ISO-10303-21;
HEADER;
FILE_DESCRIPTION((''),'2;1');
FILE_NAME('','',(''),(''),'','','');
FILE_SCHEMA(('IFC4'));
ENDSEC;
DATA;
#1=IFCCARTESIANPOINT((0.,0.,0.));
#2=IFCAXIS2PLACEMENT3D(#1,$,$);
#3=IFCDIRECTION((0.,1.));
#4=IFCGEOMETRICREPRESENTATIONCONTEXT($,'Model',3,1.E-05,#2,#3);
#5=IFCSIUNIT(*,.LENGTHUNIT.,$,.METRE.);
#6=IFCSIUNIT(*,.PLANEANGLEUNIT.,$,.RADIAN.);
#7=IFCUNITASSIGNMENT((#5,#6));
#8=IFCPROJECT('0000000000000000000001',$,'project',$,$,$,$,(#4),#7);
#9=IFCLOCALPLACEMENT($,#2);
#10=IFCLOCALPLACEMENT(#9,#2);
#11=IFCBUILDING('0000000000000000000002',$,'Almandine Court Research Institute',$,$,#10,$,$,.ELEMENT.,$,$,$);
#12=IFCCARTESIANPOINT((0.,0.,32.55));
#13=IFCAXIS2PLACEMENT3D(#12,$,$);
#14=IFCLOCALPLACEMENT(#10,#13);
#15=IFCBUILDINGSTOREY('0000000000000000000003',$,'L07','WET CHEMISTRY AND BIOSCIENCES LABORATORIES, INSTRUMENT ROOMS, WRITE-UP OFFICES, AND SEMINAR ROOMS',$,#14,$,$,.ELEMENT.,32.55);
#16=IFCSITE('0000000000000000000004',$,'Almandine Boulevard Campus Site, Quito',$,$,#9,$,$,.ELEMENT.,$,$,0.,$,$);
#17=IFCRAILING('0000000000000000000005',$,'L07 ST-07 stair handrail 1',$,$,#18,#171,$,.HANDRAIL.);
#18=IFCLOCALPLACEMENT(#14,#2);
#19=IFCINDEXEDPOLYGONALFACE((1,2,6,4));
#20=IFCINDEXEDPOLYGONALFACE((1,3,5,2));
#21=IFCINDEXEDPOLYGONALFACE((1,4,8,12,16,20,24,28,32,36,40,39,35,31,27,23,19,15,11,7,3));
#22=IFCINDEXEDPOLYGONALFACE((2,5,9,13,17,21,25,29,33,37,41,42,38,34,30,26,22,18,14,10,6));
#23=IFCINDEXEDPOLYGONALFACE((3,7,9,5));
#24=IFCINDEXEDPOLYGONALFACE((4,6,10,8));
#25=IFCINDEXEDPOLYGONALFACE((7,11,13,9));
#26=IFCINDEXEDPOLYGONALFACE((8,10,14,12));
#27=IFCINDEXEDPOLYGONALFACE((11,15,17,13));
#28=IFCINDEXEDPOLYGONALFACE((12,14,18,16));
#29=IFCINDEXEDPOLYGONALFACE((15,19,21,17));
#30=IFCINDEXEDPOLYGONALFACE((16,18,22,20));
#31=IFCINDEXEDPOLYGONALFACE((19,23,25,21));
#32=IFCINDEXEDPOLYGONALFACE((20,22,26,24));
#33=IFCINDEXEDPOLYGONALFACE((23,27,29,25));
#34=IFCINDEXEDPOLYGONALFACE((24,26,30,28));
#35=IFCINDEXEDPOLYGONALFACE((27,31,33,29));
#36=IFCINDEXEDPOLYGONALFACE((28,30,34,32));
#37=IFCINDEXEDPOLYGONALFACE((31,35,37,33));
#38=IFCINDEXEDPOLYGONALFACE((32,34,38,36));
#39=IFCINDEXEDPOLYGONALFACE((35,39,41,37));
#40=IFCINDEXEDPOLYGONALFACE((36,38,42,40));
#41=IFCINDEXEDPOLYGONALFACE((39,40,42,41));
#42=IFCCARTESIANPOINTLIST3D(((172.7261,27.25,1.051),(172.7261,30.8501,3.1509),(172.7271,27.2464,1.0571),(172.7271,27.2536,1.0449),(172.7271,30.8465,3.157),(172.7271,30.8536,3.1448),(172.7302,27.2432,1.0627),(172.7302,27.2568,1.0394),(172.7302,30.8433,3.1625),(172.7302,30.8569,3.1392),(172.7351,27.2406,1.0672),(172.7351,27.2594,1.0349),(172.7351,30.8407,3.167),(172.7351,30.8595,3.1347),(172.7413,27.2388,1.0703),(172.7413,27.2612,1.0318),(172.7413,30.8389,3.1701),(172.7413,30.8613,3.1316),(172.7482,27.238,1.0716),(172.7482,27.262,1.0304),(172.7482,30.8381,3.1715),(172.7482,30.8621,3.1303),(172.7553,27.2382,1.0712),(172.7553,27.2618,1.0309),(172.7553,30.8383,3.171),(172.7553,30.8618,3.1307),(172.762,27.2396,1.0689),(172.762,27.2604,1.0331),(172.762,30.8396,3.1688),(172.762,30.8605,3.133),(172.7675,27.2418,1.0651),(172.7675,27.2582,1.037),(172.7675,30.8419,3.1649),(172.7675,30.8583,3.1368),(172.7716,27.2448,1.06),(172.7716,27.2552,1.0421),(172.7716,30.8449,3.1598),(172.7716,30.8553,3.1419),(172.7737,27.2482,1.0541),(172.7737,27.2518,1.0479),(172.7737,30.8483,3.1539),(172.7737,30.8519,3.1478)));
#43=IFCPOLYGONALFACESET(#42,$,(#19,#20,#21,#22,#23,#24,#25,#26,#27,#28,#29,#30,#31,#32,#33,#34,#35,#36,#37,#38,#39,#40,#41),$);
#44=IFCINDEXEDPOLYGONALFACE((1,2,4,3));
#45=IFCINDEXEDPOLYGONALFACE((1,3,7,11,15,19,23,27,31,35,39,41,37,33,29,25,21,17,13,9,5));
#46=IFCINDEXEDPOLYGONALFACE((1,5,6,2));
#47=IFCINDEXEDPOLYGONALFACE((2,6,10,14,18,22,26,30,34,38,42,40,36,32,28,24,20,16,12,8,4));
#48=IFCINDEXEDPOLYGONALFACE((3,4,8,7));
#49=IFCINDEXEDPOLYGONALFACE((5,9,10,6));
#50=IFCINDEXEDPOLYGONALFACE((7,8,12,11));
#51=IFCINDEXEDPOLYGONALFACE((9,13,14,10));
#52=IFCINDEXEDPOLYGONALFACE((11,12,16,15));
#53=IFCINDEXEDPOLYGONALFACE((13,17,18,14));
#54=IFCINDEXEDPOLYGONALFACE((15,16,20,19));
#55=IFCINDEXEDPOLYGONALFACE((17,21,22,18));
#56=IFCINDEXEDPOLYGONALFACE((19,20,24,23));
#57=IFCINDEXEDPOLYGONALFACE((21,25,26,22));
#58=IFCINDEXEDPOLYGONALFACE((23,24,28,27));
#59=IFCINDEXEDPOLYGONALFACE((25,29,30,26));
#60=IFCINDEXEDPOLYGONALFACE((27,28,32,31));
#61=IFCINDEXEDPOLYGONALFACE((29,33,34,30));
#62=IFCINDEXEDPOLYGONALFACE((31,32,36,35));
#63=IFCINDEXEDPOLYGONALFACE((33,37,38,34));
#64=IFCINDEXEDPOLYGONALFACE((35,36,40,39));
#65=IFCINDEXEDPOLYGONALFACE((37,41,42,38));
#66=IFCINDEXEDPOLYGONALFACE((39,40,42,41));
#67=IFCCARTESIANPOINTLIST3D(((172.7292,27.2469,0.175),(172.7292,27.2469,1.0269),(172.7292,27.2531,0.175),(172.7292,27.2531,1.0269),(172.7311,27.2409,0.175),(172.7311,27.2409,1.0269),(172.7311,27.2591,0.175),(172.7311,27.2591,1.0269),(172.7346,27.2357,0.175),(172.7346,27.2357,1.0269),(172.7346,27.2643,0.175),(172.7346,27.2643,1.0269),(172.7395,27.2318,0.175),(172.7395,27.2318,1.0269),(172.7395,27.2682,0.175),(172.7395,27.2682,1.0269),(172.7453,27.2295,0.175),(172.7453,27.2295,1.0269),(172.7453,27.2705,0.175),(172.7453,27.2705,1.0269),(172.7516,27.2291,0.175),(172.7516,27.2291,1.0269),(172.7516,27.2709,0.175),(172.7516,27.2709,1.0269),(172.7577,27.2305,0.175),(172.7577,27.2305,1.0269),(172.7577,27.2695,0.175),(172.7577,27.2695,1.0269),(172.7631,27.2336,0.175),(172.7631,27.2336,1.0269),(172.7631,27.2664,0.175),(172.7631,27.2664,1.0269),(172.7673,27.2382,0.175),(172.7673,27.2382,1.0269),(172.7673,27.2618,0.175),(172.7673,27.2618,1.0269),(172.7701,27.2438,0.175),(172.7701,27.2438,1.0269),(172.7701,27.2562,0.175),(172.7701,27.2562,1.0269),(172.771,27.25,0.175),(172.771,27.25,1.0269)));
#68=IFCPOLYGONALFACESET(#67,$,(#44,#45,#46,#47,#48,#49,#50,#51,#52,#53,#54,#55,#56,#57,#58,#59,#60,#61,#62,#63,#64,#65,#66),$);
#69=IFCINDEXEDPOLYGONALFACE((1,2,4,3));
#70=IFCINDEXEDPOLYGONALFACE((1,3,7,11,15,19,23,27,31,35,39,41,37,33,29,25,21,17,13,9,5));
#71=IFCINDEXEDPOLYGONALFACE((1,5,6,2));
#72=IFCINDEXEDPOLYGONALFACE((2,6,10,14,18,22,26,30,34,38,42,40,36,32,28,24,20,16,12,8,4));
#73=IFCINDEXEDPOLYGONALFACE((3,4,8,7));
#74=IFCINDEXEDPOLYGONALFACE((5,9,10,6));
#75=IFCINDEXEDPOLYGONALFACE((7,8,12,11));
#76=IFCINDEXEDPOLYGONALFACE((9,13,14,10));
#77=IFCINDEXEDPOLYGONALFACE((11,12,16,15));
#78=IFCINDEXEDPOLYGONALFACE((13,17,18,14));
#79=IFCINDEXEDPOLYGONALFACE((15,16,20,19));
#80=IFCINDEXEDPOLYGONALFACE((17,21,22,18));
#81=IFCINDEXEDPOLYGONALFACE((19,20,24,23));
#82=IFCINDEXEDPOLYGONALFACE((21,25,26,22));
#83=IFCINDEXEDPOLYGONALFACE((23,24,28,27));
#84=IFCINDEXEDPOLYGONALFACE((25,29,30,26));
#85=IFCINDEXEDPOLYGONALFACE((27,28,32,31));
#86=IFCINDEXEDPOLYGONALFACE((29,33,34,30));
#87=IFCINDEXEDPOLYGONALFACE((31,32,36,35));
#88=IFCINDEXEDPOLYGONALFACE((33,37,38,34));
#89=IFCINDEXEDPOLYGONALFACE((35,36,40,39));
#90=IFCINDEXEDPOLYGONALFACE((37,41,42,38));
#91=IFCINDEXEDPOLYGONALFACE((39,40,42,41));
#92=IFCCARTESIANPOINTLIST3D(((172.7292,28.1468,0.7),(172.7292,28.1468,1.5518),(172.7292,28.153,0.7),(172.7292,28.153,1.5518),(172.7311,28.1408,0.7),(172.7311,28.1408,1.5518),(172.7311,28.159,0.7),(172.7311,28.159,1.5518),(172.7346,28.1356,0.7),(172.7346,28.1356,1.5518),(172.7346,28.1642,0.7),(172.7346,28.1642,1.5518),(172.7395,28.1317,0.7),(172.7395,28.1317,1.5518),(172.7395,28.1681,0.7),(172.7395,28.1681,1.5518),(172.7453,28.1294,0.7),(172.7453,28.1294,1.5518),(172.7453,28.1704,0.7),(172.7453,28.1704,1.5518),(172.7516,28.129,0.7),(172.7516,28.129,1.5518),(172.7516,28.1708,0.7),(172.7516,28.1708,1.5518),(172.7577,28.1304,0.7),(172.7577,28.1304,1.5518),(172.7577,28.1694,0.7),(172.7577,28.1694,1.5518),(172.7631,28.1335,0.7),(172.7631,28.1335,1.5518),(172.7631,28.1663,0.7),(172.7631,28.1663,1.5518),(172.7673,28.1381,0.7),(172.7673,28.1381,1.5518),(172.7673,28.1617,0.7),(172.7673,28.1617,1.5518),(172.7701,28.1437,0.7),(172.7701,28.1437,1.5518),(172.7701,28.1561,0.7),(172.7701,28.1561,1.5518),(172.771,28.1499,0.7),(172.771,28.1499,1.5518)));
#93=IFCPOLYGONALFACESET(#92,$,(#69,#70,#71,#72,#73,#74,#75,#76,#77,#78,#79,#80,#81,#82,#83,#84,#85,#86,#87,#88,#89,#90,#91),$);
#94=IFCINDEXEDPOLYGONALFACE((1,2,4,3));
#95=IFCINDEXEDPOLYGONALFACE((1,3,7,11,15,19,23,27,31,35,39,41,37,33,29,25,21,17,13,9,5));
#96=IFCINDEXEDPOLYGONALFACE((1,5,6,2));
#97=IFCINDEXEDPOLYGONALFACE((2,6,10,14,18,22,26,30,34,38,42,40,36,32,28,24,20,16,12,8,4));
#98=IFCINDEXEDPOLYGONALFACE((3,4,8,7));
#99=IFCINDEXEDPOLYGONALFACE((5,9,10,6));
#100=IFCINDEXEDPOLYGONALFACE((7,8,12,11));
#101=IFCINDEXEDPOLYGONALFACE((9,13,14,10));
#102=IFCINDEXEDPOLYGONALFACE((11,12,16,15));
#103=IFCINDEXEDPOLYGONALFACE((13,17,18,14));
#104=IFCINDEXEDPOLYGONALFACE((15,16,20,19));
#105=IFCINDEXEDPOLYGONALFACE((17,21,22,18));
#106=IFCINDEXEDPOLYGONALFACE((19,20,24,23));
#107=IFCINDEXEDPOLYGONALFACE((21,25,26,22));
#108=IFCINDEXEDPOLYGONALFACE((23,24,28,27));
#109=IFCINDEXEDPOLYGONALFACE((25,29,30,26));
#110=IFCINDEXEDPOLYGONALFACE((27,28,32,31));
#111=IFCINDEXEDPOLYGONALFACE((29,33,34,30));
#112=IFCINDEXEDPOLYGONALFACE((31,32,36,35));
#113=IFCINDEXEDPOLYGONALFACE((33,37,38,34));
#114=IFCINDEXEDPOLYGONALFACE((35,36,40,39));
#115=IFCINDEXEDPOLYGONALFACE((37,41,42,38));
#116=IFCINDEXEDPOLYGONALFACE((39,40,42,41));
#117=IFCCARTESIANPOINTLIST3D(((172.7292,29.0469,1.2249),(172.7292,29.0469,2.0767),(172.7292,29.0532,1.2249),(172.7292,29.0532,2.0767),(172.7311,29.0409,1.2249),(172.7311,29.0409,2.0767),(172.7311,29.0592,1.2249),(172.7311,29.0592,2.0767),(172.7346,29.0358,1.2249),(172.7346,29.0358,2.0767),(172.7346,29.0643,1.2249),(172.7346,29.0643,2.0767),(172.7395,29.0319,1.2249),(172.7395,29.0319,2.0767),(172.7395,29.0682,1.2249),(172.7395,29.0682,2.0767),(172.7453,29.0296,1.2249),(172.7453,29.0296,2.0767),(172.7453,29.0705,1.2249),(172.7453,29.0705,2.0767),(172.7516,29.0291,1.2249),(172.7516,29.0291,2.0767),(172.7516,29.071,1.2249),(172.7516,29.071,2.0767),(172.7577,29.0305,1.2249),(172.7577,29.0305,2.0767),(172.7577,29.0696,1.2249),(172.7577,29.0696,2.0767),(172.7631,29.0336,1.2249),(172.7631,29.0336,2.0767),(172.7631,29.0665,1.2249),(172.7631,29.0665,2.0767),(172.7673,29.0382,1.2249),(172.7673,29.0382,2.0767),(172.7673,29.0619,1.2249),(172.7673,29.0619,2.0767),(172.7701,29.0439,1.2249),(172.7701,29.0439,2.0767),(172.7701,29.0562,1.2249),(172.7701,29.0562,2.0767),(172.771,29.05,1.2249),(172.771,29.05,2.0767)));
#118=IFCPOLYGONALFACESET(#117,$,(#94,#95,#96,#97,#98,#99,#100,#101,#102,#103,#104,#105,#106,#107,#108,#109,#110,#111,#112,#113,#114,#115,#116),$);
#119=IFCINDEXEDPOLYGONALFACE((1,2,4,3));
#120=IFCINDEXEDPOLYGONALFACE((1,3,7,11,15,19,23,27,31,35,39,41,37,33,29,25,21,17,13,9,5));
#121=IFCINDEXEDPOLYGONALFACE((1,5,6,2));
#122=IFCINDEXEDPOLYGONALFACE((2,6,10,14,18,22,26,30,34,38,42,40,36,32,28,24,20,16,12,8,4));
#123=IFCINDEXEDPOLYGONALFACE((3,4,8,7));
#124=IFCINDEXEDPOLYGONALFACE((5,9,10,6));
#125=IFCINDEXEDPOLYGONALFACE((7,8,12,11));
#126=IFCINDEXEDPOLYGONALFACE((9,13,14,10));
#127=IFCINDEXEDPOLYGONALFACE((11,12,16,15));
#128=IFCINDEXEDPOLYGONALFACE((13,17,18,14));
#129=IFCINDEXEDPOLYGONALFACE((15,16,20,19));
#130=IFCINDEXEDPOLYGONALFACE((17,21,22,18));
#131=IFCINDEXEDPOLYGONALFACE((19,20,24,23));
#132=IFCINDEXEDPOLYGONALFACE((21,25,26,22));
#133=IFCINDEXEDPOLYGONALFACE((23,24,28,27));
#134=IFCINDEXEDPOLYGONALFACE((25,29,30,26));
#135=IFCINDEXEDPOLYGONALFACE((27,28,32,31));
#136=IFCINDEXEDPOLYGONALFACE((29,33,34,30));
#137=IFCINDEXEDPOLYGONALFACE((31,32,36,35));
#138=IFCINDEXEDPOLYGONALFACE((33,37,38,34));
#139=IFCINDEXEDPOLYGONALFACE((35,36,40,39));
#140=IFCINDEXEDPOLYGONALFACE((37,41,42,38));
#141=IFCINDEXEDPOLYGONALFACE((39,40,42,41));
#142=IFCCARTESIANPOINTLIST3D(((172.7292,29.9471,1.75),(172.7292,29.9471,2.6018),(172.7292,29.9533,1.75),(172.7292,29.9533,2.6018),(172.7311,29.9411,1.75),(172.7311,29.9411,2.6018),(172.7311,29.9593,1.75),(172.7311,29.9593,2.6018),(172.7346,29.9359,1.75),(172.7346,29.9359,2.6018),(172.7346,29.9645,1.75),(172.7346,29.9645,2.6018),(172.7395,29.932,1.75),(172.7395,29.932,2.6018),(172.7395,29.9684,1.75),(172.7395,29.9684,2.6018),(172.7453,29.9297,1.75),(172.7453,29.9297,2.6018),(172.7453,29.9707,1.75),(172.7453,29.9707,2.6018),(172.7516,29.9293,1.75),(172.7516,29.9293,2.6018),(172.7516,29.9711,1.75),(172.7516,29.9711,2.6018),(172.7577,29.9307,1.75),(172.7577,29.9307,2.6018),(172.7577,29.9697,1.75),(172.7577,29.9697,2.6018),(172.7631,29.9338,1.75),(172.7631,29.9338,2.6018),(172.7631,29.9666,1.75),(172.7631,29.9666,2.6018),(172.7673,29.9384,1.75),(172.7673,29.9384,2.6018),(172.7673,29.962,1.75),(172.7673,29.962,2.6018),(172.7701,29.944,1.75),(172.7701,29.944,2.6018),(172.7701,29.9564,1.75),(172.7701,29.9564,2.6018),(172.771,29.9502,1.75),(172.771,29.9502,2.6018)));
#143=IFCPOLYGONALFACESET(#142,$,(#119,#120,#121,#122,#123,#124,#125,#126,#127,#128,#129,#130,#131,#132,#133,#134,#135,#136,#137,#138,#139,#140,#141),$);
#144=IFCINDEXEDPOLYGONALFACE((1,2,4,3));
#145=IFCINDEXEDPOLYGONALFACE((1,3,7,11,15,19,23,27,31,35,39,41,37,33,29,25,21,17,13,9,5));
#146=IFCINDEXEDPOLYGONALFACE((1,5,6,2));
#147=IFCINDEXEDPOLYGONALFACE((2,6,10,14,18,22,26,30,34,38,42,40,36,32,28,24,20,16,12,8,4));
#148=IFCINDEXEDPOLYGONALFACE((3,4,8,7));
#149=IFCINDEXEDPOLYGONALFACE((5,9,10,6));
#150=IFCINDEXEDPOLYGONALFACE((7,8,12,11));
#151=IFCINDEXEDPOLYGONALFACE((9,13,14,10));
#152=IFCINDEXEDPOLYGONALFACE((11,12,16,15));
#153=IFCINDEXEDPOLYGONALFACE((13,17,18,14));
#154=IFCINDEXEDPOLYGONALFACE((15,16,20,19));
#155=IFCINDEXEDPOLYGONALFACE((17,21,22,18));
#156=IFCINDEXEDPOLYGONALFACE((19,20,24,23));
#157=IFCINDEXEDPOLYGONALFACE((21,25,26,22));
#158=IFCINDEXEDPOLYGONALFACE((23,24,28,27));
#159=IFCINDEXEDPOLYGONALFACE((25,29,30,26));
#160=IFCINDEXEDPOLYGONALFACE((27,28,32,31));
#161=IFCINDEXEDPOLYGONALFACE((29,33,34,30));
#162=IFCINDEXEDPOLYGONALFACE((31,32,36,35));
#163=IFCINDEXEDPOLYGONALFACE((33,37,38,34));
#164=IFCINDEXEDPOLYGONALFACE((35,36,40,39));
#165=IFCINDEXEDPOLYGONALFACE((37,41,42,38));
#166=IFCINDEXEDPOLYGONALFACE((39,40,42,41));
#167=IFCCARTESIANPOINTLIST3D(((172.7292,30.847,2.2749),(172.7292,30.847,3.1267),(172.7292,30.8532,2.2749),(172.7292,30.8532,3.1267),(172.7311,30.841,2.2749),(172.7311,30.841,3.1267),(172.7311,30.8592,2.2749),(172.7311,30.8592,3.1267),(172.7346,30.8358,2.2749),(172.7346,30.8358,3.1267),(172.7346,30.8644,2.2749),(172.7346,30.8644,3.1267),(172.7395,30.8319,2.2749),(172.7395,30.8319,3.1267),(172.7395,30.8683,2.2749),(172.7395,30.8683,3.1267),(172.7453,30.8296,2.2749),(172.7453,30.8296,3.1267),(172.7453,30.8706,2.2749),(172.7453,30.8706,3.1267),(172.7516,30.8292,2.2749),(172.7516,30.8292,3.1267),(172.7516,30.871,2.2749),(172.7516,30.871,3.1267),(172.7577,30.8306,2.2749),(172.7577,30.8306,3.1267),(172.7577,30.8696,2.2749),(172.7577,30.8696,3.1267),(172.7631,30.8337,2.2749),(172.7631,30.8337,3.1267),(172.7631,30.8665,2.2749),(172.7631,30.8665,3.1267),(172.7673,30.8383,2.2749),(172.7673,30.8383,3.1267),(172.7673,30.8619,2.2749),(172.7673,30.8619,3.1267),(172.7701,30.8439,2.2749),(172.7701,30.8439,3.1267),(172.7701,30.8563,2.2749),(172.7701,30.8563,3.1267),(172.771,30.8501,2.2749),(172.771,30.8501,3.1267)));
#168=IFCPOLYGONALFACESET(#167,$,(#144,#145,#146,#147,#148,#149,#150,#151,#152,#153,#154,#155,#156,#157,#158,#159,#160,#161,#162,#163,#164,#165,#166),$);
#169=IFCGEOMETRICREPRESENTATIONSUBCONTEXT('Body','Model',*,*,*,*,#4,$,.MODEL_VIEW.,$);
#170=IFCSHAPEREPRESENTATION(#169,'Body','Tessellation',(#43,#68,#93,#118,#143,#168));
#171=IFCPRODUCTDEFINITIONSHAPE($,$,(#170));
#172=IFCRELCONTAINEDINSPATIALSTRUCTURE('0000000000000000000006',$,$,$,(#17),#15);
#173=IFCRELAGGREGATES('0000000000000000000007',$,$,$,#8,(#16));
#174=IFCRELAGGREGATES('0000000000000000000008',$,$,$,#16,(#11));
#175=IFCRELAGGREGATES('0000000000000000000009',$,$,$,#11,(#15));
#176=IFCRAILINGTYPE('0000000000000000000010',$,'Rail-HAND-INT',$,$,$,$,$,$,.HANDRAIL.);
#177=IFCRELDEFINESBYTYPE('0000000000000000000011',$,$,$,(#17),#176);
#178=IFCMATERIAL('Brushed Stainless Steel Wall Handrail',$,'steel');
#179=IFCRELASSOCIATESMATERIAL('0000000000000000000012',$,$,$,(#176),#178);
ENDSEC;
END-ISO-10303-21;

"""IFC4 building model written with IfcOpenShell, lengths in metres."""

from ifc_helpers import new_model, si_unit, direction, frame, origin, origin_2d, place, context, subcontext, project, spatial, circle, extrude, material, type_object, element, save


model = new_model("IFC4")

# Units and contexts
model_context = context("Model", 3, precision=1e-05, world=origin(), true_north=direction((0.0, 1.0)))
body_context = subcontext(model_context, "Body", "Model", "MODEL_VIEW")
ifc_project = project(units=[si_unit("LENGTHUNIT", "METRE"), si_unit("PLANEANGLEUNIT", "RADIAN")], contexts=[model_context])

# Site, building, storey
site_placement = place(None, origin())
site = spatial("IfcSite", under=ifc_project, at=site_placement, Name="Almandine Boulevard Campus Site, Quito", CompositionType="ELEMENT", RefElevation=0.0)
building_placement = place(site_placement, origin())
building = spatial("IfcBuilding", under=site, at=building_placement, Name="Almandine Court Research Institute", CompositionType="ELEMENT")
storey_placement = place(building_placement, frame((0.0, 0.0, 32.55)))
storey = spatial("IfcBuildingStorey", under=building, at=storey_placement, Name="L07", Description="WET CHEMISTRY AND BIOSCIENCES LABORATORIES, INSTRUMENT ROOMS, WRITE-UP OFFICES, AND SEMINAR ROOMS", CompositionType="ELEMENT", Elevation=32.55)

# Railing
ifc_material_1 = material(Name="Brushed Stainless Steel Wall Handrail", Category="steel")
railing_type_1 = type_object("IfcRailingType", Name="Rail-HAND-INT", PredefinedType="HANDRAIL", material=ifc_material_1)
railing_1_placement = place(storey_placement, frame((172.75, 27.25, 0.175)))
element("IfcRailing", 1, at=railing_1_placement, inside=storey, type_object=railing_type_1, Name="L07 ST-07 stair handrail 1", PredefinedType="HANDRAIL", context=body_context, shape_type="SweptSolid", body=[
    extrude(circle(Radius=0.0239, at=origin_2d()), frame((0.0, 0.0, 0.876), z_axis=(0.0, 0.8638, 0.503835), x_axis=(-1.0, 0.0, 0.0)), (0.0, 0.0, 1.0), 4.1677),
    extrude(circle(Radius=0.021, at=origin_2d()), origin(), (0.0, 0.0, 1.0), 0.8518),
    extrude(circle(Radius=0.021, at=origin_2d()), frame((0.0, 0.8999, 0.5249)), (0.0, 0.0, 1.0), 0.8518),
    extrude(circle(Radius=0.021, at=origin_2d()), frame((0.0, 1.8, 1.0498)), (0.0, 0.0, 1.0), 0.8518),
    extrude(circle(Radius=0.021, at=origin_2d()), frame((0.0, 2.7002, 1.575)), (0.0, 0.0, 1.0), 0.8518),
    extrude(circle(Radius=0.021, at=origin_2d()), frame((0.0, 3.6001, 2.0999)), (0.0, 0.0, 1.0), 0.8518),
])

save(model, "model.ifc")
